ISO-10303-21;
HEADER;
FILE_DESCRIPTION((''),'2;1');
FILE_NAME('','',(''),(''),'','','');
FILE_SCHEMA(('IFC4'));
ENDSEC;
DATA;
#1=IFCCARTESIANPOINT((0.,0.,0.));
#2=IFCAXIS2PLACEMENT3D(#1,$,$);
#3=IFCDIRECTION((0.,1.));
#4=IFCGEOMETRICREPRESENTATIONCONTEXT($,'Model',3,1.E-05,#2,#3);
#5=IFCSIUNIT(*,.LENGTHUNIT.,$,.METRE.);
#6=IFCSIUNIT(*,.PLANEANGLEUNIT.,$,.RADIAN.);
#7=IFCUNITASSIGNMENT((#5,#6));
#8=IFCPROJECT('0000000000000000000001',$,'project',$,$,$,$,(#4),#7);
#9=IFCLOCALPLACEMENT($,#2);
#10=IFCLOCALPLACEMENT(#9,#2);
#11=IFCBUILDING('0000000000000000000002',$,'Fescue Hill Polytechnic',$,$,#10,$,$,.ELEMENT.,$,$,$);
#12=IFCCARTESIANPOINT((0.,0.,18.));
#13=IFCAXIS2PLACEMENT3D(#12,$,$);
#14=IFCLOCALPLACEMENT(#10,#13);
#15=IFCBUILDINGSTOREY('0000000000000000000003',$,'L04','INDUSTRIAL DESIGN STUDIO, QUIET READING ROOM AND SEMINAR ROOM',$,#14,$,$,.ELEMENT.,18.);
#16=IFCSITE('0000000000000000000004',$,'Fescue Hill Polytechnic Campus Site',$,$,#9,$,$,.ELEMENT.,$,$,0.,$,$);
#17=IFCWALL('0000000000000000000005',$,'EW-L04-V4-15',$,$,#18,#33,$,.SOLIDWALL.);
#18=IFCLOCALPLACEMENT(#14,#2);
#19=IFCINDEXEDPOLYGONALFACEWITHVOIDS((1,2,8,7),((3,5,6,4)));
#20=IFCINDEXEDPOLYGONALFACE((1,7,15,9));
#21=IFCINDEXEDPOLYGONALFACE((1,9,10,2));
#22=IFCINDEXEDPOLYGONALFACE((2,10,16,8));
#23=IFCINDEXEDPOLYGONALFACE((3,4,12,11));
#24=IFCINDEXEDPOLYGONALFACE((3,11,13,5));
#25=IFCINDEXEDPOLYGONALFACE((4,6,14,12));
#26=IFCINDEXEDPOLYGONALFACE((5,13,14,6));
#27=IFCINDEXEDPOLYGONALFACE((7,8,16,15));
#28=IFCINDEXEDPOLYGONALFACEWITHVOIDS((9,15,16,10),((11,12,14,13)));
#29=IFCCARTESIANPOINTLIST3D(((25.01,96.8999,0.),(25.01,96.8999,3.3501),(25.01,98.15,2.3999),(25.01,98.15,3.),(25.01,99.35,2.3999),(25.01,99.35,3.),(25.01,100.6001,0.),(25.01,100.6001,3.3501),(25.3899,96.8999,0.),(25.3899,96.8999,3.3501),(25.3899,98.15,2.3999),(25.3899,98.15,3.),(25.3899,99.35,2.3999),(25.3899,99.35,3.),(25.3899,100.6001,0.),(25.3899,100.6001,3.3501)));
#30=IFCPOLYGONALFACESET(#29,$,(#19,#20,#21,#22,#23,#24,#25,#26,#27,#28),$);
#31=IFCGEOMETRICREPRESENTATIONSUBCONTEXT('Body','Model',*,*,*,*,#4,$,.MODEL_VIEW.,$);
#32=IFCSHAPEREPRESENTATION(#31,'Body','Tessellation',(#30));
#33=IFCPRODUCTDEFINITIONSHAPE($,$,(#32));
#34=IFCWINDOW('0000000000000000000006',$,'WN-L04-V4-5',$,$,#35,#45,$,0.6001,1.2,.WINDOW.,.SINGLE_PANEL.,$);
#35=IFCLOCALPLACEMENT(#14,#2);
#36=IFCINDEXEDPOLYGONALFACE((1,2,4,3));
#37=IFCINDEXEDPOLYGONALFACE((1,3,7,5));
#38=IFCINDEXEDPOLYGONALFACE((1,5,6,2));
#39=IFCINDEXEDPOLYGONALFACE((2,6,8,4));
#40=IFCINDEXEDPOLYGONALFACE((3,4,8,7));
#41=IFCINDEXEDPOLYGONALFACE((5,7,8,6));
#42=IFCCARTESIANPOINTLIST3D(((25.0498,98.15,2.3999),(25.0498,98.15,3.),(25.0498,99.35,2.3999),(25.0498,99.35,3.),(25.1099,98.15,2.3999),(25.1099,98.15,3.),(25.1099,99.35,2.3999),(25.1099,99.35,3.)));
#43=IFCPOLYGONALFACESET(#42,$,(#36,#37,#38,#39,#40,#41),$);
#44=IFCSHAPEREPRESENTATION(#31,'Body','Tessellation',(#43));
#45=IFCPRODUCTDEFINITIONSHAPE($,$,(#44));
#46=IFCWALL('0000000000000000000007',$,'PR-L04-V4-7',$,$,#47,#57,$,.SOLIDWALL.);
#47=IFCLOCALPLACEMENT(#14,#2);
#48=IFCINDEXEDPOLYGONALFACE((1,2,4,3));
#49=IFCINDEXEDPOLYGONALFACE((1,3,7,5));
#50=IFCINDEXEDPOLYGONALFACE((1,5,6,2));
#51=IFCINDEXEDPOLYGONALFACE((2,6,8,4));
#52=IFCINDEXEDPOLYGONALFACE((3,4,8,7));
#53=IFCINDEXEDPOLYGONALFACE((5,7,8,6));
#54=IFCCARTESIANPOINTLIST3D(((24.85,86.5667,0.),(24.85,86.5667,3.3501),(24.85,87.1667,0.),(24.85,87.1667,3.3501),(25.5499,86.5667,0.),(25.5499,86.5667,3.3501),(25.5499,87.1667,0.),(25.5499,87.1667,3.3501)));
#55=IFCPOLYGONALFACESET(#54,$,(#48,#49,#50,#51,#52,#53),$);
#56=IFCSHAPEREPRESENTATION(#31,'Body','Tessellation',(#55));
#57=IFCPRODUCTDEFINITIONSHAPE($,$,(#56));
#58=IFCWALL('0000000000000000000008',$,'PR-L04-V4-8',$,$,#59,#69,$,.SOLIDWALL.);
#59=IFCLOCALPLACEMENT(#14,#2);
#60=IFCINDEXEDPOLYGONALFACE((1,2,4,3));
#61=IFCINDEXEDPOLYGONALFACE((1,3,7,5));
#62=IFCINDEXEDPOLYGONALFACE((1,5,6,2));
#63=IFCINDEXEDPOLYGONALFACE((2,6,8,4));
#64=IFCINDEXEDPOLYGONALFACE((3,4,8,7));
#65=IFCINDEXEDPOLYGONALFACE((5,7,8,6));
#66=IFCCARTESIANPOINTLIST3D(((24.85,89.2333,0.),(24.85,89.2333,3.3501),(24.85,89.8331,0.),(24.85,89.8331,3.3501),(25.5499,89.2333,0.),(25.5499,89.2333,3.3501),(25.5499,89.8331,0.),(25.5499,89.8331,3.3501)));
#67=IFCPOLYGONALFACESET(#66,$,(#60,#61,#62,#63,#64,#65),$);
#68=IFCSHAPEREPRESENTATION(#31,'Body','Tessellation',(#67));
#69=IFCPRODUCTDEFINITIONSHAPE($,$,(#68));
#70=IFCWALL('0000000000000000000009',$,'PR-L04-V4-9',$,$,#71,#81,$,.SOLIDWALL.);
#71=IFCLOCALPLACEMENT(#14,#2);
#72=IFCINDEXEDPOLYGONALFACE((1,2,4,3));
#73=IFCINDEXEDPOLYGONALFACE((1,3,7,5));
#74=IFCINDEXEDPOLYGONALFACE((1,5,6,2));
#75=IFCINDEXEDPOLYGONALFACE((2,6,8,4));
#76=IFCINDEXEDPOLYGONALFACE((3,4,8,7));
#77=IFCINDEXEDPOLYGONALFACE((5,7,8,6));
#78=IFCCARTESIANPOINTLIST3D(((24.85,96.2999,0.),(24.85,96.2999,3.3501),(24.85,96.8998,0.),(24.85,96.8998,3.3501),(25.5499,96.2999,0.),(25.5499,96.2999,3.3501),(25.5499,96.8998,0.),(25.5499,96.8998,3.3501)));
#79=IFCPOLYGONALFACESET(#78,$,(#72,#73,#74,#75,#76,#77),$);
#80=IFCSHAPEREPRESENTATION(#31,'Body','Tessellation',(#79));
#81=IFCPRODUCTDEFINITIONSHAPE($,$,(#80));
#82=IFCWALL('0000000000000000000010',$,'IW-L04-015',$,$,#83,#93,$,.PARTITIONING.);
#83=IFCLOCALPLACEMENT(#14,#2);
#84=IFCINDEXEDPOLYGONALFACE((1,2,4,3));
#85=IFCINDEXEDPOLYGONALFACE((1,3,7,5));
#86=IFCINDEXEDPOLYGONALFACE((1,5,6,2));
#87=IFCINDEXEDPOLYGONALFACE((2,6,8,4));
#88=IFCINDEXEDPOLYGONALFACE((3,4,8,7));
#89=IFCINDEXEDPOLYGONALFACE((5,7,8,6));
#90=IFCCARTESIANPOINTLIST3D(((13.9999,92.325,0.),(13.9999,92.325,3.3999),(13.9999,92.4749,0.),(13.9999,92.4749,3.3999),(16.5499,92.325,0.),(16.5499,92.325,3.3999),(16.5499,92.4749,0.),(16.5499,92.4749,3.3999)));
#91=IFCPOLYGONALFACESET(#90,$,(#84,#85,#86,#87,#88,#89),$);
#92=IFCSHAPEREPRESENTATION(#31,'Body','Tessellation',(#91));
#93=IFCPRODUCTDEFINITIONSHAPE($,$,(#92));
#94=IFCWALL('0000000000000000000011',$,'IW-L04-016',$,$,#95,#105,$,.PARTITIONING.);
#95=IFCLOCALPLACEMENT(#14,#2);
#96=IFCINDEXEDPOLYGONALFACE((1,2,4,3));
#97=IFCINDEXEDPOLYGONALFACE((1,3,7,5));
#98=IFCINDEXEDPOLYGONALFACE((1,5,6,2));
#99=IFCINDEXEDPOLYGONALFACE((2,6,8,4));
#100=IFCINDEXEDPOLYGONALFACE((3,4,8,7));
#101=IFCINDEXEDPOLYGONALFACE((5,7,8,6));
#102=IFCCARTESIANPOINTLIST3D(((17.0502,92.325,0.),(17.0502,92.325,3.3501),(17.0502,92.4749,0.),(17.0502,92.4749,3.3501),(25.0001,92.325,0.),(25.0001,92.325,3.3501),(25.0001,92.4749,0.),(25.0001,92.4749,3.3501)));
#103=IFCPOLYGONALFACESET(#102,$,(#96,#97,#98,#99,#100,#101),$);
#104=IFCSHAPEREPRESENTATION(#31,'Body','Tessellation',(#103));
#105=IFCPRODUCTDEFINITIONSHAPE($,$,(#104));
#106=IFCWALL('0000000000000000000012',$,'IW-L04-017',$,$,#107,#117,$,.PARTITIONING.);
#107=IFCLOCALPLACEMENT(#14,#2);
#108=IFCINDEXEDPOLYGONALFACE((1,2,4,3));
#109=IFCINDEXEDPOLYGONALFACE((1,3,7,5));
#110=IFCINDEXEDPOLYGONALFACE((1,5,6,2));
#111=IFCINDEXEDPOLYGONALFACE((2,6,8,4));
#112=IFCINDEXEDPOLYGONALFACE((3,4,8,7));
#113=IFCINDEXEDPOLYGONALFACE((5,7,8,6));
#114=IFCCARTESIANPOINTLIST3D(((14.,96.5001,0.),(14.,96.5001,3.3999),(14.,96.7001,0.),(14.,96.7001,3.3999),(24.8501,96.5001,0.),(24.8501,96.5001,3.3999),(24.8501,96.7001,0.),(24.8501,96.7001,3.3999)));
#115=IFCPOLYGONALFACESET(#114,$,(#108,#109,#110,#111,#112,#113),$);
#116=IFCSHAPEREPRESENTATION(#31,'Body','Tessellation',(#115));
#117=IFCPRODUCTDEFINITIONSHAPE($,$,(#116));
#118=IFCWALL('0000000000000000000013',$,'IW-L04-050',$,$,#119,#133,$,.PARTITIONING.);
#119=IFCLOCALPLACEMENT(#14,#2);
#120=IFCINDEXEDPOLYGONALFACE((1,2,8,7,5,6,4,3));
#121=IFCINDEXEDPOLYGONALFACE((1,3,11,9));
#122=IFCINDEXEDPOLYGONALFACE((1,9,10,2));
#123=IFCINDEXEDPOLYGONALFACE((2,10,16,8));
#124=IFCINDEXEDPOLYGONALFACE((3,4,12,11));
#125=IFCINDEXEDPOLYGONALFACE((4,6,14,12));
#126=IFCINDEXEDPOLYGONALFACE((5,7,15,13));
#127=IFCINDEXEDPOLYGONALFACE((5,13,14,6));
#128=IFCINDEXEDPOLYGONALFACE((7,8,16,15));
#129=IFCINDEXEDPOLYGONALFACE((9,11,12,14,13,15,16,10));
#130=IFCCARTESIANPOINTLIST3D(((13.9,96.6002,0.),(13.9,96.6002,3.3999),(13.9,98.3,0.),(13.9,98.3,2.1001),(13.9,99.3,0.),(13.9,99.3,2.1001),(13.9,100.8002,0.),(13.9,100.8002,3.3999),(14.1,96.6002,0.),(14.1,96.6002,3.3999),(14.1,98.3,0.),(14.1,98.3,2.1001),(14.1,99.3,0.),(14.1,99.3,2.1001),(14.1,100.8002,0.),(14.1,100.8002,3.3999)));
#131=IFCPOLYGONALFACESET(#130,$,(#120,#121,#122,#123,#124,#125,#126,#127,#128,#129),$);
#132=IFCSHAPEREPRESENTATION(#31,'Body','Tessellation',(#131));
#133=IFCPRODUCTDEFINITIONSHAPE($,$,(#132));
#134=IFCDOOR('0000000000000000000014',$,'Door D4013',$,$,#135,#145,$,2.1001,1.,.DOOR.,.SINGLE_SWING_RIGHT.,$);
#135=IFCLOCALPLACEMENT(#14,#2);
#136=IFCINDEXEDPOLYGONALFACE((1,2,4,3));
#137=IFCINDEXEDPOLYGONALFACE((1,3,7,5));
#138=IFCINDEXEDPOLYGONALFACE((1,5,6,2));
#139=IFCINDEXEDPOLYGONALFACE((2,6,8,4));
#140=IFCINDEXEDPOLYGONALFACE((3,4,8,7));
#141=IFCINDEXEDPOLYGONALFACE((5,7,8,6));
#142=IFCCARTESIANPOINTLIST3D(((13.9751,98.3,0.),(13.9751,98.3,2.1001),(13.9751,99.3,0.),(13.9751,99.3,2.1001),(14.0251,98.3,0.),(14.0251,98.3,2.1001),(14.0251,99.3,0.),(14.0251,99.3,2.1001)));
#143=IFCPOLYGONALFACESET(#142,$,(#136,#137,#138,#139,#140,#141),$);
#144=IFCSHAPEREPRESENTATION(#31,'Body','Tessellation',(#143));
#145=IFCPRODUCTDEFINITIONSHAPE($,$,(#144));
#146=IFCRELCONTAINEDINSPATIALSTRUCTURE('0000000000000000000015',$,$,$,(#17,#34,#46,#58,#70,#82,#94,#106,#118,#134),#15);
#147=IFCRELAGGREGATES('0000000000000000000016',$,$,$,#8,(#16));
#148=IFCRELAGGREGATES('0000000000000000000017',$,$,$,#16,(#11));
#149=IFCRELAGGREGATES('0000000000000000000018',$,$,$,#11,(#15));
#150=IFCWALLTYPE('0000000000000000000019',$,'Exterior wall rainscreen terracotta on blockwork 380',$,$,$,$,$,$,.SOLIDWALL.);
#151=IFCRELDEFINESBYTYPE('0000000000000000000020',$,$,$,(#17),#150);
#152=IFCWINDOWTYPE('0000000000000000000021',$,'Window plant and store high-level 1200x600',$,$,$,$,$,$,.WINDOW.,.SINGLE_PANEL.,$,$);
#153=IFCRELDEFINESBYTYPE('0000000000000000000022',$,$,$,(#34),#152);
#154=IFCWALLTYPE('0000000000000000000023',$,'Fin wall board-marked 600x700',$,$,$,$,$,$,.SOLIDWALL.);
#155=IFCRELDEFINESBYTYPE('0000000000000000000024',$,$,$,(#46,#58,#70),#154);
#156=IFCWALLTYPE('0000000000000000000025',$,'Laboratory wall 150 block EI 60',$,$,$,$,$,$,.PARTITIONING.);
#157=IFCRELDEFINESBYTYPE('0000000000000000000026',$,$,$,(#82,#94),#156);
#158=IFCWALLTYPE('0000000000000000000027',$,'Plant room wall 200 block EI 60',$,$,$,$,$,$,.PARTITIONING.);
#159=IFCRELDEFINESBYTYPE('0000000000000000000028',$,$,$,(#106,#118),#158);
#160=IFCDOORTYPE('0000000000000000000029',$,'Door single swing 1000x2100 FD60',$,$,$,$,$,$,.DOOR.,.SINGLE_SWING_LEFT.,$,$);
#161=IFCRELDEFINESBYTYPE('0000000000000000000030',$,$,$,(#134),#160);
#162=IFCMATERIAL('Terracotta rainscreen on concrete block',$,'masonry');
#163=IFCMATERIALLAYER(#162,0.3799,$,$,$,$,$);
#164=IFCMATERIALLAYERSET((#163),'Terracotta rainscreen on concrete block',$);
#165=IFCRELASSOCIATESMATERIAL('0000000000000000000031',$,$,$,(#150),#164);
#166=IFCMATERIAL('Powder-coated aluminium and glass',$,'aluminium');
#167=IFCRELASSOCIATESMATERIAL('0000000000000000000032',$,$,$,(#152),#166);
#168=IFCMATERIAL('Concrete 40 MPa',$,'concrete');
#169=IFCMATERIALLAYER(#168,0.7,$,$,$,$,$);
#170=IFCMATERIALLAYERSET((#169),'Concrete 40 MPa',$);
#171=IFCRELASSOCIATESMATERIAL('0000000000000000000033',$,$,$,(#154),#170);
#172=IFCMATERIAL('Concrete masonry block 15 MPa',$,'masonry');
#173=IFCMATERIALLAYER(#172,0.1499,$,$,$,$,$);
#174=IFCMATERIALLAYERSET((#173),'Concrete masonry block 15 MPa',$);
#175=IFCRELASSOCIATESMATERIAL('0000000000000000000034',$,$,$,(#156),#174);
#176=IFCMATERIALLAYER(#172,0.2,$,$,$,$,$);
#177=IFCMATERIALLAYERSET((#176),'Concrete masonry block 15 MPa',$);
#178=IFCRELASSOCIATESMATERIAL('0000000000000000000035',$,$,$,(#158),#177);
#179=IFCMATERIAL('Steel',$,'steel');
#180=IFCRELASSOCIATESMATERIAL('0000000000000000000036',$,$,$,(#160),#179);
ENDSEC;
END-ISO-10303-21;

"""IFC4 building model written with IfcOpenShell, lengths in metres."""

from ifc_helpers import new_model, si_unit, direction, frame, frame_2d, origin, place, context, subcontext, project, spatial, rectangle, extrude, material, layer, layer_set, type_object, element, fill, save


model = new_model("IFC4")

# Units and contexts
model_context = context("Model", 3, precision=1e-05, world=origin(), true_north=direction((0.0, 1.0)))
body_context = subcontext(model_context, "Body", "Model", "MODEL_VIEW")
ifc_project = project(units=[si_unit("LENGTHUNIT", "METRE"), si_unit("PLANEANGLEUNIT", "RADIAN")], contexts=[model_context])

# Site, building, storey
site_placement = place(None, origin())
site = spatial("IfcSite", under=ifc_project, at=site_placement, Name="Fescue Hill Polytechnic Campus Site", CompositionType="ELEMENT", RefElevation=0.0)
building_placement = place(site_placement, origin())
building = spatial("IfcBuilding", under=site, at=building_placement, Name="Fescue Hill Polytechnic", CompositionType="ELEMENT")
storey_placement = place(building_placement, frame((0.0, 0.0, 18.0)))
storey = spatial("IfcBuildingStorey", under=building, at=storey_placement, Name="L04", Description="INDUSTRIAL DESIGN STUDIO, QUIET READING ROOM AND SEMINAR ROOM", CompositionType="ELEMENT", Elevation=18.0)

# Shared definitions
ifc_material_1 = material(Name="Concrete 40 MPa", Category="concrete")

# Shared definitions
ifc_material_2 = material(Name="Terracotta rainscreen on concrete block", Category="masonry")
ifc_layer_1 = layer(ifc_material_2, 0.3799)
ifc_layer_set_1 = layer_set([ifc_layer_1], Name="Terracotta rainscreen on concrete block")
wall_type_1 = type_object("IfcWallType", Name="Exterior wall rainscreen terracotta on blockwork 380", PredefinedType="SOLIDWALL", material=ifc_layer_set_1)

# Wall, opening, window
ifc_material_3 = material(Name="Powder-coated aluminium and glass", Category="aluminium")
wall_1_placement = place(storey_placement, frame((25.2, 96.8999, 0.0), z_axis=(0.0, 0.0, 1.0), x_axis=(0.0, 1.0, 0.0)))
wall_1 = element("IfcWall", 1, at=wall_1_placement, inside=storey, type_object=wall_type_1, Name="EW-L04-V4-15", PredefinedType="SOLIDWALL", context=body_context, shape_type="SweptSolid", body=[
    extrude(rectangle(XDim=3.7002, YDim=0.3799, at=frame_2d((1.8501, 0.0))), origin(), (0.0, 0.0, 1.0), 3.3501),
])
opening_1_placement = place(wall_1_placement, frame((1.25, 0.0, 2.3999)))
opening_1 = element("IfcOpeningElement", 2, at=opening_1_placement, cuts=wall_1, PredefinedType="OPENING", context=body_context, shape_type="SweptSolid", body=[
    extrude(rectangle(XDim=1.2, YDim=0.6001, at=frame_2d((0.6001, 0.3))), frame((0.0, 0.2, 0.0), z_axis=(0.0, -1.0, 0.0), x_axis=(1.0, 0.0, 0.0)), (0.0, 0.0, 1.0), 0.3999),
])
window_type_1 = type_object("IfcWindowType", Name="Window plant and store high-level 1200x600", PartitioningType="SINGLE_PANEL", PredefinedType="WINDOW", material=ifc_material_3)
window_1_placement = place(opening_1_placement, origin())
window_1 = element("IfcWindow", 3, at=window_1_placement, inside=storey, type_object=window_type_1, Name="WN-L04-V4-5", OverallHeight=0.6001, OverallWidth=1.2, PartitioningType="SINGLE_PANEL", PredefinedType="WINDOW", context=body_context, shape_type="SweptSolid", body=[
    extrude(rectangle(XDim=1.2, YDim=0.6001, at=frame_2d((0.6001, 0.3))), frame((0.0, 0.1501, 0.0), z_axis=(0.0, -1.0, 0.0), x_axis=(1.0, 0.0, 0.0)), (0.0, 0.0, 1.0), 0.0601),
])
fill(opening_1, window_1)

# Walls
ifc_layer_2 = layer(ifc_material_1, 0.7)
ifc_layer_set_2 = layer_set([ifc_layer_2], Name="Concrete 40 MPa")
wall_type_2 = type_object("IfcWallType", Name="Fin wall board-marked 600x700", PredefinedType="SOLIDWALL", material=ifc_layer_set_2)
wall_2_placement = place(storey_placement, frame((25.2, 86.5667, 0.0), z_axis=(0.0, 0.0, 1.0), x_axis=(0.0, 1.0, 0.0)))
element("IfcWall", 4, at=wall_2_placement, inside=storey, type_object=wall_type_2, Name="PR-L04-V4-7", PredefinedType="SOLIDWALL", context=body_context, shape_type="SweptSolid", body=[
    extrude(rectangle(XDim=0.6001, YDim=0.7, at=frame_2d((0.3, 0.0))), origin(), (0.0, 0.0, 1.0), 3.3501),
])
for number, where, z_axis, x_axis, name in (
    (5, (25.2, 89.2334, 0.0), (0.0, 0.0, 1.0), (0.0, 1.0, 0.0), "PR-L04-V4-8"),
    (6, (25.2, 96.3, 0.0), (0.0, 0.0, 1.0), (0.0, 1.0, 0.0), "PR-L04-V4-9"),
):
    element("IfcWall", number, at=place(storey_placement, frame(where, z_axis=z_axis, x_axis=x_axis)), inside=storey, type_object=wall_type_2, Name=name, PredefinedType="SOLIDWALL", context=body_context, shape_type="SweptSolid", body=[
        extrude(rectangle(XDim=0.5999, YDim=0.7, at=frame_2d((0.2998, 0.0))), origin(), (0.0, 0.0, 1.0), 3.3501),
    ])
ifc_material_4 = material(Name="Concrete masonry block 15 MPa", Category="masonry")
ifc_layer_3 = layer(ifc_material_4, 0.1499)
ifc_layer_set_3 = layer_set([ifc_layer_3], Name="Concrete masonry block 15 MPa")
wall_type_3 = type_object("IfcWallType", Name="Laboratory wall 150 block EI 60", PredefinedType="PARTITIONING", material=ifc_layer_set_3)
wall_3_placement = place(storey_placement, frame((14.0, 92.3999, 0.0), z_axis=(0.0, 0.0, 1.0), x_axis=(1.0, 0.0, 0.0)))
element("IfcWall", 7, at=wall_3_placement, inside=storey, type_object=wall_type_3, Name="IW-L04-015", PredefinedType="PARTITIONING", context=body_context, shape_type="SweptSolid", body=[
    extrude(rectangle(XDim=2.55, YDim=0.1499, at=frame_2d((1.2749, 0.0))), origin(), (0.0, 0.0, 1.0), 3.3999),
])
wall_4_placement = place(storey_placement, frame((17.05, 92.3999, 0.0), z_axis=(0.0, 0.0, 1.0), x_axis=(1.0, 0.0, 0.0)))
element("IfcWall", 8, at=wall_4_placement, inside=storey, type_object=wall_type_3, Name="IW-L04-016", PredefinedType="PARTITIONING", context=body_context, shape_type="SweptSolid", body=[
    extrude(rectangle(XDim=7.95, YDim=0.1499, at=frame_2d((3.9751, 0.0))), origin(), (0.0, 0.0, 1.0), 3.3501),
])
ifc_layer_4 = layer(ifc_material_4, 0.2)
ifc_layer_set_4 = layer_set([ifc_layer_4], Name="Concrete masonry block 15 MPa")
wall_type_4 = type_object("IfcWallType", Name="Plant room wall 200 block EI 60", PredefinedType="PARTITIONING", material=ifc_layer_set_4)
wall_5_placement = place(storey_placement, frame((14.0, 96.6001, 0.0), z_axis=(0.0, 0.0, 1.0), x_axis=(1.0, 0.0, 0.0)))
element("IfcWall", 9, at=wall_5_placement, inside=storey, type_object=wall_type_4, Name="IW-L04-017", PredefinedType="PARTITIONING", context=body_context, shape_type="SweptSolid", body=[
    extrude(rectangle(XDim=10.8501, YDim=0.2, at=frame_2d((5.425, 0.0))), origin(), (0.0, 0.0, 1.0), 3.3999),
])

# Wall, opening, door
wall_6_placement = place(storey_placement, frame((14.0, 96.6001, 0.0), z_axis=(0.0, 0.0, 1.0), x_axis=(0.0, 1.0, 0.0)))
wall_6 = element("IfcWall", 10, at=wall_6_placement, inside=storey, type_object=wall_type_4, Name="IW-L04-050", PredefinedType="PARTITIONING", context=body_context, shape_type="SweptSolid", body=[
    extrude(rectangle(XDim=4.2, YDim=0.2, at=frame_2d((2.1001, 0.0))), origin(), (0.0, 0.0, 1.0), 3.3999),
])
opening_2_placement = place(wall_6_placement, frame((1.7, 0.0, 0.0)))
opening_2 = element("IfcOpeningElement", 11, at=opening_2_placement, cuts=wall_6, PredefinedType="OPENING", context=body_context, shape_type="SweptSolid", body=[
    extrude(rectangle(XDim=1.0, YDim=2.1001, at=frame_2d((0.5, 1.05))), frame((0.0, 0.1099, 0.0), z_axis=(0.0, -1.0, 0.0), x_axis=(1.0, 0.0, 0.0)), (0.0, 0.0, 1.0), 0.22),
])
ifc_material_5 = material(Name="Steel", Category="steel")
door_type_1 = type_object("IfcDoorType", Name="Door single swing 1000x2100 FD60", OperationType="SINGLE_SWING_LEFT", PredefinedType="DOOR", material=ifc_material_5)
door_1_placement = place(opening_2_placement, origin())
door_1 = element("IfcDoor", 12, at=door_1_placement, inside=storey, type_object=door_type_1, Name="Door D4013", OperationType="SINGLE_SWING_RIGHT", OverallHeight=2.1001, OverallWidth=1.0, PredefinedType="DOOR", context=body_context, shape_type="SweptSolid", body=[
    extrude(rectangle(XDim=1.0, YDim=2.1001, at=frame_2d((0.5, 1.05))), frame((0.0, 0.0249, 0.0), z_axis=(0.0, -1.0, 0.0), x_axis=(1.0, 0.0, 0.0)), (0.0, 0.0, 1.0), 0.05),
])
fill(opening_2, door_1)

save(model, "model.ifc")
